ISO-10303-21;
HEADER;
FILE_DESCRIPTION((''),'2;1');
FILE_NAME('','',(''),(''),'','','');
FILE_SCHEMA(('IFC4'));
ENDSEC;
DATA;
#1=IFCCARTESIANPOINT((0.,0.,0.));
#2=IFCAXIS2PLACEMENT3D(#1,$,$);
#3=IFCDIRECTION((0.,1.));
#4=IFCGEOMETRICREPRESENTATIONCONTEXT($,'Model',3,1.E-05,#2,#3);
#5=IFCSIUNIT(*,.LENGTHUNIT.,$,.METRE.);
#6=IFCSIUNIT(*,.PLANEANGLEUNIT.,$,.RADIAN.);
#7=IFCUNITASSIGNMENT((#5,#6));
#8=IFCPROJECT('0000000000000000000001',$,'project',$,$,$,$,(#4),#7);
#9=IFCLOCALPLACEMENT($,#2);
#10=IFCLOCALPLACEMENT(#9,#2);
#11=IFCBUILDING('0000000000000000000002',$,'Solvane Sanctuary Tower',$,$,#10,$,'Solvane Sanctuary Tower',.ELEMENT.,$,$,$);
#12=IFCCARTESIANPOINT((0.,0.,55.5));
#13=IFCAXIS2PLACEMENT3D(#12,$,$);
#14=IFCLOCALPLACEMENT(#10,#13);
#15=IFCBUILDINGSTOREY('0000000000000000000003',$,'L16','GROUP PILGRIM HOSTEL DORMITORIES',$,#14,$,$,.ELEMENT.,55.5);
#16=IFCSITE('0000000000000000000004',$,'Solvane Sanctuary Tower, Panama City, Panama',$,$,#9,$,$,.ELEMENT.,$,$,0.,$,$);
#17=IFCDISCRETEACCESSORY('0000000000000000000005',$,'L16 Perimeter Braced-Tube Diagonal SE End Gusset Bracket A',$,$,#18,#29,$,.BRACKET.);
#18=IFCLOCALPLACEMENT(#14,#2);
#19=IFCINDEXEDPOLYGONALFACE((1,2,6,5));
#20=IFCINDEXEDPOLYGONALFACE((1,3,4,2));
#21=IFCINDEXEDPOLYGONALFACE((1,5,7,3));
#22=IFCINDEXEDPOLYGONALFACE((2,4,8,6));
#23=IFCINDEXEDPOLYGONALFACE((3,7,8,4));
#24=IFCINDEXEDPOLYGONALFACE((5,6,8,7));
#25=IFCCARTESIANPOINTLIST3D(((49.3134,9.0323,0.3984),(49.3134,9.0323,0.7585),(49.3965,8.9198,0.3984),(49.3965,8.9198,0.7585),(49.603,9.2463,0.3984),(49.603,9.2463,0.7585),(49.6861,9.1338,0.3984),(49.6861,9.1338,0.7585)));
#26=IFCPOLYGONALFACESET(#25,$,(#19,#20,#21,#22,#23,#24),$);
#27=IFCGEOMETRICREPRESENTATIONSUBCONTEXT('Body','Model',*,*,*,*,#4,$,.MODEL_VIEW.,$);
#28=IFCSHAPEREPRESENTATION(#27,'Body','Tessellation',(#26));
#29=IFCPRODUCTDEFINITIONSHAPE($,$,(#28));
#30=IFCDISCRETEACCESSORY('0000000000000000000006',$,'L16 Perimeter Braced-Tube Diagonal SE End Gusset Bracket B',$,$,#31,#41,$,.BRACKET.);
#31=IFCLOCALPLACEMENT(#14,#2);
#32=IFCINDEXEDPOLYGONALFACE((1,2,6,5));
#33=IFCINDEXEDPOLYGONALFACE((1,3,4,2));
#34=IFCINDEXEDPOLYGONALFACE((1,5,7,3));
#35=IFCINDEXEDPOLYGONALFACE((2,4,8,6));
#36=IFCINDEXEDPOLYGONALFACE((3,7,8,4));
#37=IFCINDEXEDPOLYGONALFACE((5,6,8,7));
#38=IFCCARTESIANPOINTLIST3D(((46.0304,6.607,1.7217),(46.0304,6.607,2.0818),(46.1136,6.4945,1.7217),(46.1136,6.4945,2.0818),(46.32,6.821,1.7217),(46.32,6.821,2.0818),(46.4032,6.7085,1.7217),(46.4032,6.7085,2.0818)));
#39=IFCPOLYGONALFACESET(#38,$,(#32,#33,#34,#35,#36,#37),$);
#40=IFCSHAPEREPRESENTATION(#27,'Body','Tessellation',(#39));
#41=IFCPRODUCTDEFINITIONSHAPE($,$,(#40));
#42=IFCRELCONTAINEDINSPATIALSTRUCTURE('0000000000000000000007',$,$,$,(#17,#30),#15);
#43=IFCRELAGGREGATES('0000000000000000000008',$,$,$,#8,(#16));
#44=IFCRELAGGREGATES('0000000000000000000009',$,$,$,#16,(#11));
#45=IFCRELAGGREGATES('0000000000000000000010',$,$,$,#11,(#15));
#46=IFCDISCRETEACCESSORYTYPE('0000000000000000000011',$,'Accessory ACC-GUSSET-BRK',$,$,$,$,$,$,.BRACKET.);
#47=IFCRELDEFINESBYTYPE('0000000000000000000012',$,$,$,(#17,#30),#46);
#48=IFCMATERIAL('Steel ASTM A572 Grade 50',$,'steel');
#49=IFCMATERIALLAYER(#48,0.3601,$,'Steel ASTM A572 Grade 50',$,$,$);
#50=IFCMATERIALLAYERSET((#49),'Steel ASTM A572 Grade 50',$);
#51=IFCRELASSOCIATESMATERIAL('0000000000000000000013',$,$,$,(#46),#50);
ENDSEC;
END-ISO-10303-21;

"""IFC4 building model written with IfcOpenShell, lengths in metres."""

from ifc_helpers import new_model, si_unit, direction, frame, origin, origin_2d, place, context, subcontext, project, spatial, rectangle, extrude, material, layer, layer_set, type_object, element, save


model = new_model("IFC4")

# Units and contexts
model_context = context("Model", 3, precision=1e-05, world=origin(), true_north=direction((0.0, 1.0)))
body_context = subcontext(model_context, "Body", "Model", "MODEL_VIEW")
ifc_project = project(units=[si_unit("LENGTHUNIT", "METRE"), si_unit("PLANEANGLEUNIT", "RADIAN")], contexts=[model_context])

# Site, building, storey
site_placement = place(None, origin())
site = spatial("IfcSite", under=ifc_project, at=site_placement, Name="Solvane Sanctuary Tower, Panama City, Panama", CompositionType="ELEMENT", RefElevation=0.0)
building_placement = place(site_placement, origin())
building = spatial("IfcBuilding", under=site, at=building_placement, Name="Solvane Sanctuary Tower", LongName="Solvane Sanctuary Tower", CompositionType="ELEMENT")
storey_placement = place(building_placement, frame((0.0, 0.0, 55.5)))
storey = spatial("IfcBuildingStorey", under=building, at=storey_placement, Name="L16", Description="GROUP PILGRIM HOSTEL DORMITORIES", CompositionType="ELEMENT", Elevation=55.5)

# Discrete accessories
ifc_material_1 = material(Name="Steel ASTM A572 Grade 50", Category="steel")
ifc_layer_1 = layer(ifc_material_1, 0.3601, Name="Steel ASTM A572 Grade 50")
ifc_layer_set_1 = layer_set([ifc_layer_1], Name="Steel ASTM A572 Grade 50")
discrete_accessory_type = type_object("IfcDiscreteAccessoryType", Name="Accessory ACC-GUSSET-BRK", PredefinedType="BRACKET", material=ifc_layer_set_1)
for number, where, z_axis, x_axis, name in (
    (1, (49.4998, 9.083, 0.3984), (0.0, 0.0, 1.0), (-0.804272, -0.594261, 0.0), "L16 Perimeter Braced-Tube Diagonal SE End Gusset Bracket A"),
    (2, (46.2168, 6.6577, 1.7217), (0.0, 0.0, 1.0), (-0.804272, -0.594261, 0.0), "L16 Perimeter Braced-Tube Diagonal SE End Gusset Bracket B"),
):
    element("IfcDiscreteAccessory", number, at=place(storey_placement, frame(where, z_axis=z_axis, x_axis=x_axis)), inside=storey, type_object=discrete_accessory_type, Name=name, PredefinedType="BRACKET", context=body_context, shape_type="SweptSolid", body=[
        extrude(rectangle(XDim=0.3601, YDim=0.1399, at=origin_2d()), origin(), (0.0, 0.0, 1.0), 0.3601),
    ])

save(model, "model.ifc")
